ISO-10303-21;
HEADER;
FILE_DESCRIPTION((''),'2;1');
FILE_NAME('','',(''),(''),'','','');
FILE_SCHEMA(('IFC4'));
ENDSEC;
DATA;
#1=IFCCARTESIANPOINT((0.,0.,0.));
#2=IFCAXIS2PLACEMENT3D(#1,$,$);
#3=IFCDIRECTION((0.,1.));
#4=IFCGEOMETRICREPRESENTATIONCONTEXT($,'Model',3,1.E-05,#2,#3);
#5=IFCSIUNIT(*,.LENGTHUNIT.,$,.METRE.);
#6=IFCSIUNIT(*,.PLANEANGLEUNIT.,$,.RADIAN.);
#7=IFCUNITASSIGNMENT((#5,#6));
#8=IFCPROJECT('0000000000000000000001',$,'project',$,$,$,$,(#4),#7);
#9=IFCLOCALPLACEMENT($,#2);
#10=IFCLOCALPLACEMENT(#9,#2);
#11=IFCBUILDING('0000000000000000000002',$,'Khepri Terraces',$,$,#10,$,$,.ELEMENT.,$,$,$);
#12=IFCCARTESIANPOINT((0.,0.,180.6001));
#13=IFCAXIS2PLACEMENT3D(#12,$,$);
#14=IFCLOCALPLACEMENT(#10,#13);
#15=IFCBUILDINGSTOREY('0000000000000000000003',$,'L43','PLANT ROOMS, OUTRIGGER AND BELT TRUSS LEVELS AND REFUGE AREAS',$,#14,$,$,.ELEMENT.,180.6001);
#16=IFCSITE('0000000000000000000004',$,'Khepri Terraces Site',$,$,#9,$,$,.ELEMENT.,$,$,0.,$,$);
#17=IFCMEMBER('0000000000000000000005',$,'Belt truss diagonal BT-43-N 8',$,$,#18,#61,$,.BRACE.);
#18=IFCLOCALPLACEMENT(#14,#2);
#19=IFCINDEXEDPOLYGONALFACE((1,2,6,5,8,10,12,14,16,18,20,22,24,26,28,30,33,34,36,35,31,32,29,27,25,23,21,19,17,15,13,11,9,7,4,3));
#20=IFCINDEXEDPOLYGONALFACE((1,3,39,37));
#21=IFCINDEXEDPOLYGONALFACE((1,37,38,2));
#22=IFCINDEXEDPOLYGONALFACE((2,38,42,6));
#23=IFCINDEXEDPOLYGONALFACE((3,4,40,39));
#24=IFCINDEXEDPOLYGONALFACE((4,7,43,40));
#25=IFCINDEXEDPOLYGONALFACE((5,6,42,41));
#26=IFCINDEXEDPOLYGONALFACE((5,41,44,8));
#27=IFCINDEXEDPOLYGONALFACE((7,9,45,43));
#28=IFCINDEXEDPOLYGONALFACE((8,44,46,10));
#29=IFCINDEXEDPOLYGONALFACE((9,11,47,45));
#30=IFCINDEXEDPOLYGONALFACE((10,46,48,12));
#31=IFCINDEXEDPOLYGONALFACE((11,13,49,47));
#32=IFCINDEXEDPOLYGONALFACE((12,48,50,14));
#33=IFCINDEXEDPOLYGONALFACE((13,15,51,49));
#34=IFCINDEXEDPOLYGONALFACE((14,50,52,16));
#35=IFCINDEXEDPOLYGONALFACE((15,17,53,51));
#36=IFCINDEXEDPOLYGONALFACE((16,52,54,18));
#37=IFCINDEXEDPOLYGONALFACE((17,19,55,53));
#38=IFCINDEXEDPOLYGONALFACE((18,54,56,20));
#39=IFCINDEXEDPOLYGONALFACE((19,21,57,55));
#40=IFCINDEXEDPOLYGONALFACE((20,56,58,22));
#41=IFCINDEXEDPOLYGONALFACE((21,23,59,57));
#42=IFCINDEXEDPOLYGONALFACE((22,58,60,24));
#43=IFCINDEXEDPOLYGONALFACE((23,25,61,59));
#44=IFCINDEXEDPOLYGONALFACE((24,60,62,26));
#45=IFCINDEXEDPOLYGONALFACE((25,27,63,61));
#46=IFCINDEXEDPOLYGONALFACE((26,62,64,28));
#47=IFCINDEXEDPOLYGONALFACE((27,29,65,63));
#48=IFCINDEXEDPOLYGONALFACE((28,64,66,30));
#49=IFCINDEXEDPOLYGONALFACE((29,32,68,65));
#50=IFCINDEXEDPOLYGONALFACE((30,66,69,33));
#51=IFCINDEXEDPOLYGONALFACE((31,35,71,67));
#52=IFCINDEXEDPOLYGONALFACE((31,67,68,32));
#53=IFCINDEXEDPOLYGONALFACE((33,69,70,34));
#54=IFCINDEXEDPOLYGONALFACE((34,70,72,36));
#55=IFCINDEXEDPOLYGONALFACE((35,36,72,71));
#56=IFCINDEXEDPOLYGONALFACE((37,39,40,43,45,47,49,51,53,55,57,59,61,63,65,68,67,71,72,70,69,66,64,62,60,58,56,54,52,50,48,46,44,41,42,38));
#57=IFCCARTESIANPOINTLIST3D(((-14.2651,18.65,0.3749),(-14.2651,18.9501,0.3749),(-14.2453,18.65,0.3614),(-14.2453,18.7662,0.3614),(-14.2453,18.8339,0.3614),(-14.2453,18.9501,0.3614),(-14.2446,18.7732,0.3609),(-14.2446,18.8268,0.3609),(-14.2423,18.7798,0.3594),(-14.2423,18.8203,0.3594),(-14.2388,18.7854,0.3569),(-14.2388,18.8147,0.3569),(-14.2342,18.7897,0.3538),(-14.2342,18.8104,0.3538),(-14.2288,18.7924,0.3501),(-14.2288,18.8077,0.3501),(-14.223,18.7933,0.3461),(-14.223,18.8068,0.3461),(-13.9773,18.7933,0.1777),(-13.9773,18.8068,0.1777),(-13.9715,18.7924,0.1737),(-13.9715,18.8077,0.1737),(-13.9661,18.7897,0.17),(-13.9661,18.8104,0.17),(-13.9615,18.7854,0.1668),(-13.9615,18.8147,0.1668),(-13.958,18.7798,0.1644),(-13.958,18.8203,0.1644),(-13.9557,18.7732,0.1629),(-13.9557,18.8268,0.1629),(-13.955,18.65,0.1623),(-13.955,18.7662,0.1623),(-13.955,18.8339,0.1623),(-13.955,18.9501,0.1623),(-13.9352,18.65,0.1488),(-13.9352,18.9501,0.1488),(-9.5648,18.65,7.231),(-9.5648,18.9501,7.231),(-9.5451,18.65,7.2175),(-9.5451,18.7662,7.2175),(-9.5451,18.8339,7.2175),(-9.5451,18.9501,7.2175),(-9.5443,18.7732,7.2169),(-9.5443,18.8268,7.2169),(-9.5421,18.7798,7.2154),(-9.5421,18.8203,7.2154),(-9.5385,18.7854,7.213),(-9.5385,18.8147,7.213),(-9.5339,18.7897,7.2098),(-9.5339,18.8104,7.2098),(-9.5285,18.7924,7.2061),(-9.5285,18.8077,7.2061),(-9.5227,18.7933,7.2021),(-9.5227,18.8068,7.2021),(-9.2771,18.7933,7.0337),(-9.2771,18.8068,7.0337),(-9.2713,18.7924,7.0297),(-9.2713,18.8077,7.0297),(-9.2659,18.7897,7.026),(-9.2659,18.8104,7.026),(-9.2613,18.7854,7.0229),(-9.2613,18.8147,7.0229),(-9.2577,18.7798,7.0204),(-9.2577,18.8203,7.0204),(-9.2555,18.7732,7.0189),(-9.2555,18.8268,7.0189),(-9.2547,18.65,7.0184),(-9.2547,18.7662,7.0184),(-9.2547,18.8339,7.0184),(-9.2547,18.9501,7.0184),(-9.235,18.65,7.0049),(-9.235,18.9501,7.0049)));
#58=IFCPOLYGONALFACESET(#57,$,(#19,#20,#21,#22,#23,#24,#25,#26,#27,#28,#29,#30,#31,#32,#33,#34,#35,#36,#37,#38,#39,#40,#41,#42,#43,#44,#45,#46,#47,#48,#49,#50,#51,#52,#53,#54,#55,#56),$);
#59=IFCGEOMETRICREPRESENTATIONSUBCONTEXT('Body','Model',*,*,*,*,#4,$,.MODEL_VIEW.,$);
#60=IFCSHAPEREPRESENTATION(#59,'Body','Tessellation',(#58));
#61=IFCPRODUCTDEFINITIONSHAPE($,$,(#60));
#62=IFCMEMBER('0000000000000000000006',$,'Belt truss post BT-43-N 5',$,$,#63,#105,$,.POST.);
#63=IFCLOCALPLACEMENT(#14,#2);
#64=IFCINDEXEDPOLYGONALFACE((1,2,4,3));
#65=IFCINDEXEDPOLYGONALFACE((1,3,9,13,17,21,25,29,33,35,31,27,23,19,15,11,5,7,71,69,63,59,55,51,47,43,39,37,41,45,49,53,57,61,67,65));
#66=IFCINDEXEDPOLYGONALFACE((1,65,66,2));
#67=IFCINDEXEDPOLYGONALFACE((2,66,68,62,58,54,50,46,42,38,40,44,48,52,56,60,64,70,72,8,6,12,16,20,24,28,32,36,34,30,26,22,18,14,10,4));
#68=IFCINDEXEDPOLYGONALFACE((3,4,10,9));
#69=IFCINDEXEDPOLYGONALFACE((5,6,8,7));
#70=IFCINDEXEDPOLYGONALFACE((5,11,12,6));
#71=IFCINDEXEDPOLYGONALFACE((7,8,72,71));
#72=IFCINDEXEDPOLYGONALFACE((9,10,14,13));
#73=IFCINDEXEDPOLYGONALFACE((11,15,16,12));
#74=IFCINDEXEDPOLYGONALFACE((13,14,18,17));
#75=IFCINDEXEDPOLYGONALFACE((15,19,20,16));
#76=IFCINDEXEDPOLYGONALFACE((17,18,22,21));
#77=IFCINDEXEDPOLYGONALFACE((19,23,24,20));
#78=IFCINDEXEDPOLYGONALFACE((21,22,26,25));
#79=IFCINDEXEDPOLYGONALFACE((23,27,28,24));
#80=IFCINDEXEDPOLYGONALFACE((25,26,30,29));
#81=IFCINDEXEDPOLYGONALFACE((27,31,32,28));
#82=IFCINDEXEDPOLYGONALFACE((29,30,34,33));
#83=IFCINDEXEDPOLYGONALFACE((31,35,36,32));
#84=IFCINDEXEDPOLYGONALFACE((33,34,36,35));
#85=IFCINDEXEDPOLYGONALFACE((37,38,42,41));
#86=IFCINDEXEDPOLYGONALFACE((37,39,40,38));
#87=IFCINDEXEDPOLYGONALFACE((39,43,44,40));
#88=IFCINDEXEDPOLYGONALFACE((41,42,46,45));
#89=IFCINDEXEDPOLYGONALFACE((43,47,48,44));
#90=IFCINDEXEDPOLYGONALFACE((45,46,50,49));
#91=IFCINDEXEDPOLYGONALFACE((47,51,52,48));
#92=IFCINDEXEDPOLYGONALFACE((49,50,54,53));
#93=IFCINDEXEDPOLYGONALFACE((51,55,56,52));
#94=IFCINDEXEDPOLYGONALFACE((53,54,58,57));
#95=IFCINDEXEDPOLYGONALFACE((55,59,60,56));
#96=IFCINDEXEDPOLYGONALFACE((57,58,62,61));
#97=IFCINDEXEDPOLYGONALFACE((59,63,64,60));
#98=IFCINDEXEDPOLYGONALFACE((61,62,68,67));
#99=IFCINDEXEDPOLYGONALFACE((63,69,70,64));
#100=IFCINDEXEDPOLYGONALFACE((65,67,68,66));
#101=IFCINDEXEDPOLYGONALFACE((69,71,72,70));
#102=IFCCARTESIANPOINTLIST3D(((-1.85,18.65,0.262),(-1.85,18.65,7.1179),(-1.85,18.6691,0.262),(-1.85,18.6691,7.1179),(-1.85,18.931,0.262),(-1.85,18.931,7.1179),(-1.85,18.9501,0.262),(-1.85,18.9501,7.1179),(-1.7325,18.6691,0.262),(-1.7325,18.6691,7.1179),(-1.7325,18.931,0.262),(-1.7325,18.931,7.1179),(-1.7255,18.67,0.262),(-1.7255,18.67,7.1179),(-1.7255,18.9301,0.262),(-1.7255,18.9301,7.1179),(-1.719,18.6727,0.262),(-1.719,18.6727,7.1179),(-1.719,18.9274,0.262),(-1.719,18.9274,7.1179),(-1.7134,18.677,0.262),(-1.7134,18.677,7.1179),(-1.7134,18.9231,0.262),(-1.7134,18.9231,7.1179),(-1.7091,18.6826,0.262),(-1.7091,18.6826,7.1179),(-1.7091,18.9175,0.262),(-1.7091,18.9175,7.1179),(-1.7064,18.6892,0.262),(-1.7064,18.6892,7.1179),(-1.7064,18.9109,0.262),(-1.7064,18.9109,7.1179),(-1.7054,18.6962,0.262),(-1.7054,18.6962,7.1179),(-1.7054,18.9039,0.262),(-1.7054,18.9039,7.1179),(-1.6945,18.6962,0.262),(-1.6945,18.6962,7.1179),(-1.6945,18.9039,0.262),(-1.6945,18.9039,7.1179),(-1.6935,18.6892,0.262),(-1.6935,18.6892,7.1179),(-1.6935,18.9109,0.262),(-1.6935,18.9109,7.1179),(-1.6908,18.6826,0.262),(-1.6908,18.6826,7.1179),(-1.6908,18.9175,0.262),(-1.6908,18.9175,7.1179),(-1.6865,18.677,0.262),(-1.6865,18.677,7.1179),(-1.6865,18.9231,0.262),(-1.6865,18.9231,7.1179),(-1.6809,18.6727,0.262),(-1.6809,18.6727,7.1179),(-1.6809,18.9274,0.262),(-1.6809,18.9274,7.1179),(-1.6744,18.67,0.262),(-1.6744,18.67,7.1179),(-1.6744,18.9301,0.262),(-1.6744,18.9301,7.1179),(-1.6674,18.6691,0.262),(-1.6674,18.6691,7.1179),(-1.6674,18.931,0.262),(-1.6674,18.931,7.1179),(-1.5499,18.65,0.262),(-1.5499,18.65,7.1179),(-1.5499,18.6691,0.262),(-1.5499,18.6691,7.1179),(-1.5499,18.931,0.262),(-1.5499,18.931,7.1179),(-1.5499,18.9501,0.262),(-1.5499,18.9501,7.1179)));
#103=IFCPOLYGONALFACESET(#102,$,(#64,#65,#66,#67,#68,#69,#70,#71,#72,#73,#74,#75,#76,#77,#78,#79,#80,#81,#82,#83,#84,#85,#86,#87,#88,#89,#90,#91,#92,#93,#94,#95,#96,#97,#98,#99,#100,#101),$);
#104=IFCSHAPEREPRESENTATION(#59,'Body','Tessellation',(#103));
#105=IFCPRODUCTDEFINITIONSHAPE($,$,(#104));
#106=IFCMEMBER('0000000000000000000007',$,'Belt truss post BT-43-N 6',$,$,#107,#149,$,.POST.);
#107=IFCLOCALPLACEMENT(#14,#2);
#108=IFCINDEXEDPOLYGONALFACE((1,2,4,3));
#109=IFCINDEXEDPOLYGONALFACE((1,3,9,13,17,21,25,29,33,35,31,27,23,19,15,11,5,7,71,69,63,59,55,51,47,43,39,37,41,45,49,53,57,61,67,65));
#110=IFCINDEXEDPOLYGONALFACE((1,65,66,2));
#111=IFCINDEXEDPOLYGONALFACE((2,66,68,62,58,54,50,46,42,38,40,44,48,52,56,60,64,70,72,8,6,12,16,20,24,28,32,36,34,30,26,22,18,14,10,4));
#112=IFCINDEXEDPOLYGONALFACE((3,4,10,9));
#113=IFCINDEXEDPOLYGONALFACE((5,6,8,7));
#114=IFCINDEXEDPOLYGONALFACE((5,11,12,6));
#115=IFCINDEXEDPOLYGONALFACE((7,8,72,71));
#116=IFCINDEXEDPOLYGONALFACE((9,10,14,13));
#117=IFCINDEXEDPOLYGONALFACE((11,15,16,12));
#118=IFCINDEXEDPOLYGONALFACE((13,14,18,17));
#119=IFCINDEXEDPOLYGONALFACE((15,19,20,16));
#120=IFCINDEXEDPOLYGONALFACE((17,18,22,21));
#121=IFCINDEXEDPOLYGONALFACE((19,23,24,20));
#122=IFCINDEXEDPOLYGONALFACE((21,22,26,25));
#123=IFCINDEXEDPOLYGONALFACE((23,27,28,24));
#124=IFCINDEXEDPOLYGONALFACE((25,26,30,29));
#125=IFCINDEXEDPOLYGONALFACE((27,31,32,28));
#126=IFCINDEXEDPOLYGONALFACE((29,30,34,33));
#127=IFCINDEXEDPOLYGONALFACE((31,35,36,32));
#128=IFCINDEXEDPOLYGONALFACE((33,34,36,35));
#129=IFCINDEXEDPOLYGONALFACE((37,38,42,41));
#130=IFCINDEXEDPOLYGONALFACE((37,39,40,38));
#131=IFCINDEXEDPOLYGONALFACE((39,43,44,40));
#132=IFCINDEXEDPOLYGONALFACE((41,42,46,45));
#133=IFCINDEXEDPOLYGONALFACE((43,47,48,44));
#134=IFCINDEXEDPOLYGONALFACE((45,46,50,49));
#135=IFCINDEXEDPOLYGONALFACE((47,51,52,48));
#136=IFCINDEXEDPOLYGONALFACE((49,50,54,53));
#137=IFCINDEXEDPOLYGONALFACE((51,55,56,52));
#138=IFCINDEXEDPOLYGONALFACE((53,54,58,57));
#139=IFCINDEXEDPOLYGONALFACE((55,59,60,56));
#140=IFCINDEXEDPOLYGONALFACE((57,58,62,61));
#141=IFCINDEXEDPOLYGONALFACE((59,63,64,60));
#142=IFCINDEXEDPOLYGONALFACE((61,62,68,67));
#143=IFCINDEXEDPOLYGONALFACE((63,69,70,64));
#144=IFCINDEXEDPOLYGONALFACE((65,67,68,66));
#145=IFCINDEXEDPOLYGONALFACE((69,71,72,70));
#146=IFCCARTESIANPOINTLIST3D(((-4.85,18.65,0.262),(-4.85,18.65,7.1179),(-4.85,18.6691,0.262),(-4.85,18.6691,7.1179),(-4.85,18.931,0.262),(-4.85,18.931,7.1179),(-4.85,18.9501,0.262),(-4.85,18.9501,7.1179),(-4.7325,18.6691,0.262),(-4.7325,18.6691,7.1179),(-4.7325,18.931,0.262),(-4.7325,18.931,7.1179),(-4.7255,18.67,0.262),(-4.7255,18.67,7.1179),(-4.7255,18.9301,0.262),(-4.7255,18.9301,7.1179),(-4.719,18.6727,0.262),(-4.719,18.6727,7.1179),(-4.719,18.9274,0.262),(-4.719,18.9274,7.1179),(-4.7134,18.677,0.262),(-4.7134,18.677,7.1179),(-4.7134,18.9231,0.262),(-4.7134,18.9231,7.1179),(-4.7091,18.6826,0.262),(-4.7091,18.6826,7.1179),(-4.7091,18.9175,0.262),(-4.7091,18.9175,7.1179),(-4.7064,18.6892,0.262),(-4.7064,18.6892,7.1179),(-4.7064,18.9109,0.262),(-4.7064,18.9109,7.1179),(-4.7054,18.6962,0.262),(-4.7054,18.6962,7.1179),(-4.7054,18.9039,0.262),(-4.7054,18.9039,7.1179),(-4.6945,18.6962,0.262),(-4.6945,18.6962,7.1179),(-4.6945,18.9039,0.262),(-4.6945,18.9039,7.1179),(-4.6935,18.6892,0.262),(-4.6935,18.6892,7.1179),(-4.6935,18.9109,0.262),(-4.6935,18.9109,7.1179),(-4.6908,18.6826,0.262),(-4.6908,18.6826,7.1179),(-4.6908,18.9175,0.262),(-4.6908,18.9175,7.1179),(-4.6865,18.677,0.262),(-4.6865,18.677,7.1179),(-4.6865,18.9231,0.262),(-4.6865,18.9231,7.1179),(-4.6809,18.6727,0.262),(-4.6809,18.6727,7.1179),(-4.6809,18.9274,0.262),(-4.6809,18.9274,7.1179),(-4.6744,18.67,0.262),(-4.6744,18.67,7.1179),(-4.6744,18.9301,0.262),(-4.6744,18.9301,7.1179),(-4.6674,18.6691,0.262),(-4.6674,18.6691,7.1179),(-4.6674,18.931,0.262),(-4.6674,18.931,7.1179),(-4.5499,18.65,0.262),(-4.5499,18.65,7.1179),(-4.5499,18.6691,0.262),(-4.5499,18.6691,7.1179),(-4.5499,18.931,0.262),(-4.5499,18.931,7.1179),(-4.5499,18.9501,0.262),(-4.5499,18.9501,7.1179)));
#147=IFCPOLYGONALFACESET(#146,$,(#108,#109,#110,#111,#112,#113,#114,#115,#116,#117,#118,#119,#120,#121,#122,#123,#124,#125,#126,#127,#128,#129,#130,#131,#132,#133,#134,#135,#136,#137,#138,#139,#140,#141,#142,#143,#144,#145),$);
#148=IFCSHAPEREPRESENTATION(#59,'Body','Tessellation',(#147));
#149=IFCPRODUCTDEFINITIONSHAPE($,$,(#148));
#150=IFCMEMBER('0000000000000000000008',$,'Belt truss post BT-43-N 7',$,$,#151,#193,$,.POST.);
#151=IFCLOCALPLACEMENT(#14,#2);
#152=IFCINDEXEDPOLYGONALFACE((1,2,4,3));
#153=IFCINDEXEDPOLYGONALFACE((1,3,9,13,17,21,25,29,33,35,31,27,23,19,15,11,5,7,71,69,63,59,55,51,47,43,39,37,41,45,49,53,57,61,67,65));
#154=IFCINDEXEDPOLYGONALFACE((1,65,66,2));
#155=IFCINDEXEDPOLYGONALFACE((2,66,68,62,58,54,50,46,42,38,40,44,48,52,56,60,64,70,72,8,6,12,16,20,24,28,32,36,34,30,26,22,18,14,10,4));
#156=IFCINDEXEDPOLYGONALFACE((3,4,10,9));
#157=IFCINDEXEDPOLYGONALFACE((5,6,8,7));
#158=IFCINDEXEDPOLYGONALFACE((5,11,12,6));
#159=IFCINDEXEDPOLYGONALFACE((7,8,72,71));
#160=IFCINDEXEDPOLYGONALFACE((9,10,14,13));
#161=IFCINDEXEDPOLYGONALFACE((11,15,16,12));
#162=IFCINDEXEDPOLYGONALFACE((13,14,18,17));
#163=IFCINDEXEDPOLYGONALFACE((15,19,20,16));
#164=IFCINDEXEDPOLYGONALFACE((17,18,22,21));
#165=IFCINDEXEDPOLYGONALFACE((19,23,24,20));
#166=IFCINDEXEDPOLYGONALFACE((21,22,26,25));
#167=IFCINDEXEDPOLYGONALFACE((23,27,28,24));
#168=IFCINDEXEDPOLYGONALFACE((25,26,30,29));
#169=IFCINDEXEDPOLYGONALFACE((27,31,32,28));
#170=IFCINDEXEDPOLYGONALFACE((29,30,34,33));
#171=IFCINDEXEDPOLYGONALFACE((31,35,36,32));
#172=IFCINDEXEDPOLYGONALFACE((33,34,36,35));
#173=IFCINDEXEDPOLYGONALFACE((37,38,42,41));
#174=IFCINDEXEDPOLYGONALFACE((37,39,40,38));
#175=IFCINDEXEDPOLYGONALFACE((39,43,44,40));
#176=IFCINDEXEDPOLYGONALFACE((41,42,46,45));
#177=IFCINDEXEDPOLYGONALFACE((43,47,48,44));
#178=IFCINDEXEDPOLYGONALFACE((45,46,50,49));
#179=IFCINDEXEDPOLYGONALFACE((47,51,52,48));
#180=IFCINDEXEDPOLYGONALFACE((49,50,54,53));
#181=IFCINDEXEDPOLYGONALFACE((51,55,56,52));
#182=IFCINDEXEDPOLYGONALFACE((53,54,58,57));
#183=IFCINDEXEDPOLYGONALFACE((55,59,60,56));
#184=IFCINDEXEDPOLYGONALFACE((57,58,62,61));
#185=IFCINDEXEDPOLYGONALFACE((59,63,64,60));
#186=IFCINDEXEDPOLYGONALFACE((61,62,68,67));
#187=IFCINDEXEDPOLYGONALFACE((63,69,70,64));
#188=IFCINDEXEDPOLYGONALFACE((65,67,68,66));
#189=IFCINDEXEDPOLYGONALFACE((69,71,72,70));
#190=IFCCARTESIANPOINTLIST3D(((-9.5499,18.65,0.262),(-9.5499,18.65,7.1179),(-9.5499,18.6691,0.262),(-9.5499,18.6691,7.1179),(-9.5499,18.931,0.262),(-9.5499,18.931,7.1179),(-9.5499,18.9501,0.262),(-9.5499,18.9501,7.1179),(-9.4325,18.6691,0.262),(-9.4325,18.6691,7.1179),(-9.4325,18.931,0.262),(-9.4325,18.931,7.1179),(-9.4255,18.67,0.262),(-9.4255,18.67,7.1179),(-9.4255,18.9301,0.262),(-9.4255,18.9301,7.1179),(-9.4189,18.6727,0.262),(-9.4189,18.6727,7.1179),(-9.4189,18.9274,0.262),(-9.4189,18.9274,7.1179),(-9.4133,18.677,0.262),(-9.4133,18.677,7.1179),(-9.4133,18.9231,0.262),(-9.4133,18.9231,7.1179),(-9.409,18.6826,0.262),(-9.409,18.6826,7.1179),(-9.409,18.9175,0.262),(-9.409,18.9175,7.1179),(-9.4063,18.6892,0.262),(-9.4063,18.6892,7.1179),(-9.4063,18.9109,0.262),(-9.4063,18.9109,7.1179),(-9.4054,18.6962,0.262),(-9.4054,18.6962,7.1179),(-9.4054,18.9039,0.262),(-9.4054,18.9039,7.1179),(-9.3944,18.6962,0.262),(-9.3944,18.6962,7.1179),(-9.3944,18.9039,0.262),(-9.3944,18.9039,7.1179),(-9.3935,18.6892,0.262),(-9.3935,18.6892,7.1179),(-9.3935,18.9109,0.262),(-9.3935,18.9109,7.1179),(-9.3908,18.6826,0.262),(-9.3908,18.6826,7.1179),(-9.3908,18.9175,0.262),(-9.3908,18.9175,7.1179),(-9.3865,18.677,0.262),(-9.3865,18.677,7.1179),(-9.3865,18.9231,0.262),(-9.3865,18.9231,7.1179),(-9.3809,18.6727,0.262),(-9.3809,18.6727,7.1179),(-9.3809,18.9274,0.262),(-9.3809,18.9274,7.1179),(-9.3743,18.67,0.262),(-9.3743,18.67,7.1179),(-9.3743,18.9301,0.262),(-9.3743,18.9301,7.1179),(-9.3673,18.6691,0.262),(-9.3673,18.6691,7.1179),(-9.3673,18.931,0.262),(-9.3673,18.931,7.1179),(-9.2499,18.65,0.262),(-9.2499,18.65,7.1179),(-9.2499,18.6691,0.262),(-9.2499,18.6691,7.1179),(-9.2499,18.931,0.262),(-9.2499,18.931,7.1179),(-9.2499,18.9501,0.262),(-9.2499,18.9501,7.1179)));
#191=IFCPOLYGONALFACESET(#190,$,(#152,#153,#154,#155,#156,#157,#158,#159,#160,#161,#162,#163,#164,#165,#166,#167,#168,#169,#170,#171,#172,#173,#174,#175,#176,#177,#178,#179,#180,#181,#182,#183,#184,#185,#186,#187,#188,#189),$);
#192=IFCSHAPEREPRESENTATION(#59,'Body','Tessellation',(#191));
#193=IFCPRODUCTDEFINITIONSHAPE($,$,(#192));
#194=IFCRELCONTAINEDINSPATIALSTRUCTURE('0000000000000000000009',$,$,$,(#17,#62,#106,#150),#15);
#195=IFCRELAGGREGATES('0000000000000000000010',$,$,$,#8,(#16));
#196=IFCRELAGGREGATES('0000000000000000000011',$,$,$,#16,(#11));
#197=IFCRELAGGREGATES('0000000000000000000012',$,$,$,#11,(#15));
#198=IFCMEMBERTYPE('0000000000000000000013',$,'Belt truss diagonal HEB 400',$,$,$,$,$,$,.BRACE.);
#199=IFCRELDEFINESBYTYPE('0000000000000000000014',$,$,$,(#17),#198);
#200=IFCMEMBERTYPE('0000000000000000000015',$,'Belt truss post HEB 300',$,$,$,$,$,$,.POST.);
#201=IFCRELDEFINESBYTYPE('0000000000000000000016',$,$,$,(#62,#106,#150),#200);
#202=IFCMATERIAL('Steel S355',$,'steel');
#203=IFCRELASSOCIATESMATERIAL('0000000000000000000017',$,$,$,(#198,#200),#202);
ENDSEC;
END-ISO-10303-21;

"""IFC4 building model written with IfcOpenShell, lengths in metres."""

from ifc_helpers import new_model, si_unit, direction, frame, origin, origin_2d, place, context, subcontext, project, spatial, i_section, extrude, material, material_profile, profile_set, type_object, element, save


model = new_model("IFC4")

# Units and contexts
model_context = context("Model", 3, precision=1e-05, world=origin(), true_north=direction((0.0, 1.0)))
body_context = subcontext(model_context, "Body", "Model", "MODEL_VIEW")
ifc_project = project(units=[si_unit("LENGTHUNIT", "METRE"), si_unit("PLANEANGLEUNIT", "RADIAN")], contexts=[model_context])

# Site, building, storey
site_placement = place(None, origin())
site = spatial("IfcSite", under=ifc_project, at=site_placement, Name="Khepri Terraces Site", CompositionType="ELEMENT", RefElevation=0.0)
building_placement = place(site_placement, origin())
building = spatial("IfcBuilding", under=site, at=building_placement, Name="Khepri Terraces", CompositionType="ELEMENT")
storey_placement = place(building_placement, frame((0.0, 0.0, 180.6001)))
storey = spatial("IfcBuildingStorey", under=building, at=storey_placement, Name="L43", Description="PLANT ROOMS, OUTRIGGER AND BELT TRUSS LEVELS AND REFUGE AREAS", CompositionType="ELEMENT", Elevation=180.6001)

# Members
ifc_material_1 = material(Name="Steel S355", Category="steel")
ifc_material_profile_1 = material_profile(ifc_material_1, i_section(OverallWidth=0.3, OverallDepth=0.3999, WebThickness=0.0134, FlangeThickness=0.0239, FilletRadius=0.0271, at=origin_2d()), Name="Steel S355", Category="steel")
ifc_profile_set_1 = profile_set([ifc_material_profile_1], Name="Steel S355")
member_type_1 = type_object("IfcMemberType", Name="Belt truss diagonal HEB 400", PredefinedType="BRACE", material=ifc_profile_set_1)
member_1_placement = place(storey_placement, frame((-9.3999, 18.8, 7.1179), z_axis=(-0.565444, 0.0, -0.824787), x_axis=(0.0, -1.0, 0.0)))
element("IfcMember", 1, at=member_1_placement, inside=storey, type_object=member_type_1, Name="Belt truss diagonal BT-43-N 8", PredefinedType="BRACE", context=body_context, shape_type="SweptSolid", body=[
    extrude(i_section(OverallWidth=0.3, OverallDepth=0.3999, WebThickness=0.0134, FlangeThickness=0.0239, FilletRadius=0.0271, at=origin_2d()), origin(), (0.0, 0.0, 1.0), 8.3125),
])
ifc_material_profile_2 = material_profile(ifc_material_1, i_section(OverallWidth=0.3, OverallDepth=0.3, WebThickness=0.011, FlangeThickness=0.019, FilletRadius=0.0271, at=origin_2d()), Name="Steel S355", Category="steel")
ifc_profile_set_2 = profile_set([ifc_material_profile_2], Name="Steel S355")
member_type_2 = type_object("IfcMemberType", Name="Belt truss post HEB 300", PredefinedType="POST", material=ifc_profile_set_2)
for number, where, z_axis, x_axis, name in (
    (2, (-1.7, 18.8, 0.262), (0.0, 0.0, 1.0), (1.0, 0.0, 0.0), "Belt truss post BT-43-N 5"),
    (3, (-4.7, 18.8, 0.262), (0.0, 0.0, 1.0), (1.0, 0.0, 0.0), "Belt truss post BT-43-N 6"),
    (4, (-9.3999, 18.8, 0.262), (0.0, 0.0, 1.0), (1.0, 0.0, 0.0), "Belt truss post BT-43-N 7"),
):
    element("IfcMember", number, at=place(storey_placement, frame(where, z_axis=z_axis, x_axis=x_axis)), inside=storey, type_object=member_type_2, Name=name, PredefinedType="POST", context=body_context, shape_type="SweptSolid", body=[
        extrude(i_section(OverallWidth=0.3, OverallDepth=0.3, WebThickness=0.011, FlangeThickness=0.019, FilletRadius=0.0271, at=origin_2d()), origin(), (0.0, 0.0, 1.0), 6.856),
    ])

save(model, "model.ifc")
